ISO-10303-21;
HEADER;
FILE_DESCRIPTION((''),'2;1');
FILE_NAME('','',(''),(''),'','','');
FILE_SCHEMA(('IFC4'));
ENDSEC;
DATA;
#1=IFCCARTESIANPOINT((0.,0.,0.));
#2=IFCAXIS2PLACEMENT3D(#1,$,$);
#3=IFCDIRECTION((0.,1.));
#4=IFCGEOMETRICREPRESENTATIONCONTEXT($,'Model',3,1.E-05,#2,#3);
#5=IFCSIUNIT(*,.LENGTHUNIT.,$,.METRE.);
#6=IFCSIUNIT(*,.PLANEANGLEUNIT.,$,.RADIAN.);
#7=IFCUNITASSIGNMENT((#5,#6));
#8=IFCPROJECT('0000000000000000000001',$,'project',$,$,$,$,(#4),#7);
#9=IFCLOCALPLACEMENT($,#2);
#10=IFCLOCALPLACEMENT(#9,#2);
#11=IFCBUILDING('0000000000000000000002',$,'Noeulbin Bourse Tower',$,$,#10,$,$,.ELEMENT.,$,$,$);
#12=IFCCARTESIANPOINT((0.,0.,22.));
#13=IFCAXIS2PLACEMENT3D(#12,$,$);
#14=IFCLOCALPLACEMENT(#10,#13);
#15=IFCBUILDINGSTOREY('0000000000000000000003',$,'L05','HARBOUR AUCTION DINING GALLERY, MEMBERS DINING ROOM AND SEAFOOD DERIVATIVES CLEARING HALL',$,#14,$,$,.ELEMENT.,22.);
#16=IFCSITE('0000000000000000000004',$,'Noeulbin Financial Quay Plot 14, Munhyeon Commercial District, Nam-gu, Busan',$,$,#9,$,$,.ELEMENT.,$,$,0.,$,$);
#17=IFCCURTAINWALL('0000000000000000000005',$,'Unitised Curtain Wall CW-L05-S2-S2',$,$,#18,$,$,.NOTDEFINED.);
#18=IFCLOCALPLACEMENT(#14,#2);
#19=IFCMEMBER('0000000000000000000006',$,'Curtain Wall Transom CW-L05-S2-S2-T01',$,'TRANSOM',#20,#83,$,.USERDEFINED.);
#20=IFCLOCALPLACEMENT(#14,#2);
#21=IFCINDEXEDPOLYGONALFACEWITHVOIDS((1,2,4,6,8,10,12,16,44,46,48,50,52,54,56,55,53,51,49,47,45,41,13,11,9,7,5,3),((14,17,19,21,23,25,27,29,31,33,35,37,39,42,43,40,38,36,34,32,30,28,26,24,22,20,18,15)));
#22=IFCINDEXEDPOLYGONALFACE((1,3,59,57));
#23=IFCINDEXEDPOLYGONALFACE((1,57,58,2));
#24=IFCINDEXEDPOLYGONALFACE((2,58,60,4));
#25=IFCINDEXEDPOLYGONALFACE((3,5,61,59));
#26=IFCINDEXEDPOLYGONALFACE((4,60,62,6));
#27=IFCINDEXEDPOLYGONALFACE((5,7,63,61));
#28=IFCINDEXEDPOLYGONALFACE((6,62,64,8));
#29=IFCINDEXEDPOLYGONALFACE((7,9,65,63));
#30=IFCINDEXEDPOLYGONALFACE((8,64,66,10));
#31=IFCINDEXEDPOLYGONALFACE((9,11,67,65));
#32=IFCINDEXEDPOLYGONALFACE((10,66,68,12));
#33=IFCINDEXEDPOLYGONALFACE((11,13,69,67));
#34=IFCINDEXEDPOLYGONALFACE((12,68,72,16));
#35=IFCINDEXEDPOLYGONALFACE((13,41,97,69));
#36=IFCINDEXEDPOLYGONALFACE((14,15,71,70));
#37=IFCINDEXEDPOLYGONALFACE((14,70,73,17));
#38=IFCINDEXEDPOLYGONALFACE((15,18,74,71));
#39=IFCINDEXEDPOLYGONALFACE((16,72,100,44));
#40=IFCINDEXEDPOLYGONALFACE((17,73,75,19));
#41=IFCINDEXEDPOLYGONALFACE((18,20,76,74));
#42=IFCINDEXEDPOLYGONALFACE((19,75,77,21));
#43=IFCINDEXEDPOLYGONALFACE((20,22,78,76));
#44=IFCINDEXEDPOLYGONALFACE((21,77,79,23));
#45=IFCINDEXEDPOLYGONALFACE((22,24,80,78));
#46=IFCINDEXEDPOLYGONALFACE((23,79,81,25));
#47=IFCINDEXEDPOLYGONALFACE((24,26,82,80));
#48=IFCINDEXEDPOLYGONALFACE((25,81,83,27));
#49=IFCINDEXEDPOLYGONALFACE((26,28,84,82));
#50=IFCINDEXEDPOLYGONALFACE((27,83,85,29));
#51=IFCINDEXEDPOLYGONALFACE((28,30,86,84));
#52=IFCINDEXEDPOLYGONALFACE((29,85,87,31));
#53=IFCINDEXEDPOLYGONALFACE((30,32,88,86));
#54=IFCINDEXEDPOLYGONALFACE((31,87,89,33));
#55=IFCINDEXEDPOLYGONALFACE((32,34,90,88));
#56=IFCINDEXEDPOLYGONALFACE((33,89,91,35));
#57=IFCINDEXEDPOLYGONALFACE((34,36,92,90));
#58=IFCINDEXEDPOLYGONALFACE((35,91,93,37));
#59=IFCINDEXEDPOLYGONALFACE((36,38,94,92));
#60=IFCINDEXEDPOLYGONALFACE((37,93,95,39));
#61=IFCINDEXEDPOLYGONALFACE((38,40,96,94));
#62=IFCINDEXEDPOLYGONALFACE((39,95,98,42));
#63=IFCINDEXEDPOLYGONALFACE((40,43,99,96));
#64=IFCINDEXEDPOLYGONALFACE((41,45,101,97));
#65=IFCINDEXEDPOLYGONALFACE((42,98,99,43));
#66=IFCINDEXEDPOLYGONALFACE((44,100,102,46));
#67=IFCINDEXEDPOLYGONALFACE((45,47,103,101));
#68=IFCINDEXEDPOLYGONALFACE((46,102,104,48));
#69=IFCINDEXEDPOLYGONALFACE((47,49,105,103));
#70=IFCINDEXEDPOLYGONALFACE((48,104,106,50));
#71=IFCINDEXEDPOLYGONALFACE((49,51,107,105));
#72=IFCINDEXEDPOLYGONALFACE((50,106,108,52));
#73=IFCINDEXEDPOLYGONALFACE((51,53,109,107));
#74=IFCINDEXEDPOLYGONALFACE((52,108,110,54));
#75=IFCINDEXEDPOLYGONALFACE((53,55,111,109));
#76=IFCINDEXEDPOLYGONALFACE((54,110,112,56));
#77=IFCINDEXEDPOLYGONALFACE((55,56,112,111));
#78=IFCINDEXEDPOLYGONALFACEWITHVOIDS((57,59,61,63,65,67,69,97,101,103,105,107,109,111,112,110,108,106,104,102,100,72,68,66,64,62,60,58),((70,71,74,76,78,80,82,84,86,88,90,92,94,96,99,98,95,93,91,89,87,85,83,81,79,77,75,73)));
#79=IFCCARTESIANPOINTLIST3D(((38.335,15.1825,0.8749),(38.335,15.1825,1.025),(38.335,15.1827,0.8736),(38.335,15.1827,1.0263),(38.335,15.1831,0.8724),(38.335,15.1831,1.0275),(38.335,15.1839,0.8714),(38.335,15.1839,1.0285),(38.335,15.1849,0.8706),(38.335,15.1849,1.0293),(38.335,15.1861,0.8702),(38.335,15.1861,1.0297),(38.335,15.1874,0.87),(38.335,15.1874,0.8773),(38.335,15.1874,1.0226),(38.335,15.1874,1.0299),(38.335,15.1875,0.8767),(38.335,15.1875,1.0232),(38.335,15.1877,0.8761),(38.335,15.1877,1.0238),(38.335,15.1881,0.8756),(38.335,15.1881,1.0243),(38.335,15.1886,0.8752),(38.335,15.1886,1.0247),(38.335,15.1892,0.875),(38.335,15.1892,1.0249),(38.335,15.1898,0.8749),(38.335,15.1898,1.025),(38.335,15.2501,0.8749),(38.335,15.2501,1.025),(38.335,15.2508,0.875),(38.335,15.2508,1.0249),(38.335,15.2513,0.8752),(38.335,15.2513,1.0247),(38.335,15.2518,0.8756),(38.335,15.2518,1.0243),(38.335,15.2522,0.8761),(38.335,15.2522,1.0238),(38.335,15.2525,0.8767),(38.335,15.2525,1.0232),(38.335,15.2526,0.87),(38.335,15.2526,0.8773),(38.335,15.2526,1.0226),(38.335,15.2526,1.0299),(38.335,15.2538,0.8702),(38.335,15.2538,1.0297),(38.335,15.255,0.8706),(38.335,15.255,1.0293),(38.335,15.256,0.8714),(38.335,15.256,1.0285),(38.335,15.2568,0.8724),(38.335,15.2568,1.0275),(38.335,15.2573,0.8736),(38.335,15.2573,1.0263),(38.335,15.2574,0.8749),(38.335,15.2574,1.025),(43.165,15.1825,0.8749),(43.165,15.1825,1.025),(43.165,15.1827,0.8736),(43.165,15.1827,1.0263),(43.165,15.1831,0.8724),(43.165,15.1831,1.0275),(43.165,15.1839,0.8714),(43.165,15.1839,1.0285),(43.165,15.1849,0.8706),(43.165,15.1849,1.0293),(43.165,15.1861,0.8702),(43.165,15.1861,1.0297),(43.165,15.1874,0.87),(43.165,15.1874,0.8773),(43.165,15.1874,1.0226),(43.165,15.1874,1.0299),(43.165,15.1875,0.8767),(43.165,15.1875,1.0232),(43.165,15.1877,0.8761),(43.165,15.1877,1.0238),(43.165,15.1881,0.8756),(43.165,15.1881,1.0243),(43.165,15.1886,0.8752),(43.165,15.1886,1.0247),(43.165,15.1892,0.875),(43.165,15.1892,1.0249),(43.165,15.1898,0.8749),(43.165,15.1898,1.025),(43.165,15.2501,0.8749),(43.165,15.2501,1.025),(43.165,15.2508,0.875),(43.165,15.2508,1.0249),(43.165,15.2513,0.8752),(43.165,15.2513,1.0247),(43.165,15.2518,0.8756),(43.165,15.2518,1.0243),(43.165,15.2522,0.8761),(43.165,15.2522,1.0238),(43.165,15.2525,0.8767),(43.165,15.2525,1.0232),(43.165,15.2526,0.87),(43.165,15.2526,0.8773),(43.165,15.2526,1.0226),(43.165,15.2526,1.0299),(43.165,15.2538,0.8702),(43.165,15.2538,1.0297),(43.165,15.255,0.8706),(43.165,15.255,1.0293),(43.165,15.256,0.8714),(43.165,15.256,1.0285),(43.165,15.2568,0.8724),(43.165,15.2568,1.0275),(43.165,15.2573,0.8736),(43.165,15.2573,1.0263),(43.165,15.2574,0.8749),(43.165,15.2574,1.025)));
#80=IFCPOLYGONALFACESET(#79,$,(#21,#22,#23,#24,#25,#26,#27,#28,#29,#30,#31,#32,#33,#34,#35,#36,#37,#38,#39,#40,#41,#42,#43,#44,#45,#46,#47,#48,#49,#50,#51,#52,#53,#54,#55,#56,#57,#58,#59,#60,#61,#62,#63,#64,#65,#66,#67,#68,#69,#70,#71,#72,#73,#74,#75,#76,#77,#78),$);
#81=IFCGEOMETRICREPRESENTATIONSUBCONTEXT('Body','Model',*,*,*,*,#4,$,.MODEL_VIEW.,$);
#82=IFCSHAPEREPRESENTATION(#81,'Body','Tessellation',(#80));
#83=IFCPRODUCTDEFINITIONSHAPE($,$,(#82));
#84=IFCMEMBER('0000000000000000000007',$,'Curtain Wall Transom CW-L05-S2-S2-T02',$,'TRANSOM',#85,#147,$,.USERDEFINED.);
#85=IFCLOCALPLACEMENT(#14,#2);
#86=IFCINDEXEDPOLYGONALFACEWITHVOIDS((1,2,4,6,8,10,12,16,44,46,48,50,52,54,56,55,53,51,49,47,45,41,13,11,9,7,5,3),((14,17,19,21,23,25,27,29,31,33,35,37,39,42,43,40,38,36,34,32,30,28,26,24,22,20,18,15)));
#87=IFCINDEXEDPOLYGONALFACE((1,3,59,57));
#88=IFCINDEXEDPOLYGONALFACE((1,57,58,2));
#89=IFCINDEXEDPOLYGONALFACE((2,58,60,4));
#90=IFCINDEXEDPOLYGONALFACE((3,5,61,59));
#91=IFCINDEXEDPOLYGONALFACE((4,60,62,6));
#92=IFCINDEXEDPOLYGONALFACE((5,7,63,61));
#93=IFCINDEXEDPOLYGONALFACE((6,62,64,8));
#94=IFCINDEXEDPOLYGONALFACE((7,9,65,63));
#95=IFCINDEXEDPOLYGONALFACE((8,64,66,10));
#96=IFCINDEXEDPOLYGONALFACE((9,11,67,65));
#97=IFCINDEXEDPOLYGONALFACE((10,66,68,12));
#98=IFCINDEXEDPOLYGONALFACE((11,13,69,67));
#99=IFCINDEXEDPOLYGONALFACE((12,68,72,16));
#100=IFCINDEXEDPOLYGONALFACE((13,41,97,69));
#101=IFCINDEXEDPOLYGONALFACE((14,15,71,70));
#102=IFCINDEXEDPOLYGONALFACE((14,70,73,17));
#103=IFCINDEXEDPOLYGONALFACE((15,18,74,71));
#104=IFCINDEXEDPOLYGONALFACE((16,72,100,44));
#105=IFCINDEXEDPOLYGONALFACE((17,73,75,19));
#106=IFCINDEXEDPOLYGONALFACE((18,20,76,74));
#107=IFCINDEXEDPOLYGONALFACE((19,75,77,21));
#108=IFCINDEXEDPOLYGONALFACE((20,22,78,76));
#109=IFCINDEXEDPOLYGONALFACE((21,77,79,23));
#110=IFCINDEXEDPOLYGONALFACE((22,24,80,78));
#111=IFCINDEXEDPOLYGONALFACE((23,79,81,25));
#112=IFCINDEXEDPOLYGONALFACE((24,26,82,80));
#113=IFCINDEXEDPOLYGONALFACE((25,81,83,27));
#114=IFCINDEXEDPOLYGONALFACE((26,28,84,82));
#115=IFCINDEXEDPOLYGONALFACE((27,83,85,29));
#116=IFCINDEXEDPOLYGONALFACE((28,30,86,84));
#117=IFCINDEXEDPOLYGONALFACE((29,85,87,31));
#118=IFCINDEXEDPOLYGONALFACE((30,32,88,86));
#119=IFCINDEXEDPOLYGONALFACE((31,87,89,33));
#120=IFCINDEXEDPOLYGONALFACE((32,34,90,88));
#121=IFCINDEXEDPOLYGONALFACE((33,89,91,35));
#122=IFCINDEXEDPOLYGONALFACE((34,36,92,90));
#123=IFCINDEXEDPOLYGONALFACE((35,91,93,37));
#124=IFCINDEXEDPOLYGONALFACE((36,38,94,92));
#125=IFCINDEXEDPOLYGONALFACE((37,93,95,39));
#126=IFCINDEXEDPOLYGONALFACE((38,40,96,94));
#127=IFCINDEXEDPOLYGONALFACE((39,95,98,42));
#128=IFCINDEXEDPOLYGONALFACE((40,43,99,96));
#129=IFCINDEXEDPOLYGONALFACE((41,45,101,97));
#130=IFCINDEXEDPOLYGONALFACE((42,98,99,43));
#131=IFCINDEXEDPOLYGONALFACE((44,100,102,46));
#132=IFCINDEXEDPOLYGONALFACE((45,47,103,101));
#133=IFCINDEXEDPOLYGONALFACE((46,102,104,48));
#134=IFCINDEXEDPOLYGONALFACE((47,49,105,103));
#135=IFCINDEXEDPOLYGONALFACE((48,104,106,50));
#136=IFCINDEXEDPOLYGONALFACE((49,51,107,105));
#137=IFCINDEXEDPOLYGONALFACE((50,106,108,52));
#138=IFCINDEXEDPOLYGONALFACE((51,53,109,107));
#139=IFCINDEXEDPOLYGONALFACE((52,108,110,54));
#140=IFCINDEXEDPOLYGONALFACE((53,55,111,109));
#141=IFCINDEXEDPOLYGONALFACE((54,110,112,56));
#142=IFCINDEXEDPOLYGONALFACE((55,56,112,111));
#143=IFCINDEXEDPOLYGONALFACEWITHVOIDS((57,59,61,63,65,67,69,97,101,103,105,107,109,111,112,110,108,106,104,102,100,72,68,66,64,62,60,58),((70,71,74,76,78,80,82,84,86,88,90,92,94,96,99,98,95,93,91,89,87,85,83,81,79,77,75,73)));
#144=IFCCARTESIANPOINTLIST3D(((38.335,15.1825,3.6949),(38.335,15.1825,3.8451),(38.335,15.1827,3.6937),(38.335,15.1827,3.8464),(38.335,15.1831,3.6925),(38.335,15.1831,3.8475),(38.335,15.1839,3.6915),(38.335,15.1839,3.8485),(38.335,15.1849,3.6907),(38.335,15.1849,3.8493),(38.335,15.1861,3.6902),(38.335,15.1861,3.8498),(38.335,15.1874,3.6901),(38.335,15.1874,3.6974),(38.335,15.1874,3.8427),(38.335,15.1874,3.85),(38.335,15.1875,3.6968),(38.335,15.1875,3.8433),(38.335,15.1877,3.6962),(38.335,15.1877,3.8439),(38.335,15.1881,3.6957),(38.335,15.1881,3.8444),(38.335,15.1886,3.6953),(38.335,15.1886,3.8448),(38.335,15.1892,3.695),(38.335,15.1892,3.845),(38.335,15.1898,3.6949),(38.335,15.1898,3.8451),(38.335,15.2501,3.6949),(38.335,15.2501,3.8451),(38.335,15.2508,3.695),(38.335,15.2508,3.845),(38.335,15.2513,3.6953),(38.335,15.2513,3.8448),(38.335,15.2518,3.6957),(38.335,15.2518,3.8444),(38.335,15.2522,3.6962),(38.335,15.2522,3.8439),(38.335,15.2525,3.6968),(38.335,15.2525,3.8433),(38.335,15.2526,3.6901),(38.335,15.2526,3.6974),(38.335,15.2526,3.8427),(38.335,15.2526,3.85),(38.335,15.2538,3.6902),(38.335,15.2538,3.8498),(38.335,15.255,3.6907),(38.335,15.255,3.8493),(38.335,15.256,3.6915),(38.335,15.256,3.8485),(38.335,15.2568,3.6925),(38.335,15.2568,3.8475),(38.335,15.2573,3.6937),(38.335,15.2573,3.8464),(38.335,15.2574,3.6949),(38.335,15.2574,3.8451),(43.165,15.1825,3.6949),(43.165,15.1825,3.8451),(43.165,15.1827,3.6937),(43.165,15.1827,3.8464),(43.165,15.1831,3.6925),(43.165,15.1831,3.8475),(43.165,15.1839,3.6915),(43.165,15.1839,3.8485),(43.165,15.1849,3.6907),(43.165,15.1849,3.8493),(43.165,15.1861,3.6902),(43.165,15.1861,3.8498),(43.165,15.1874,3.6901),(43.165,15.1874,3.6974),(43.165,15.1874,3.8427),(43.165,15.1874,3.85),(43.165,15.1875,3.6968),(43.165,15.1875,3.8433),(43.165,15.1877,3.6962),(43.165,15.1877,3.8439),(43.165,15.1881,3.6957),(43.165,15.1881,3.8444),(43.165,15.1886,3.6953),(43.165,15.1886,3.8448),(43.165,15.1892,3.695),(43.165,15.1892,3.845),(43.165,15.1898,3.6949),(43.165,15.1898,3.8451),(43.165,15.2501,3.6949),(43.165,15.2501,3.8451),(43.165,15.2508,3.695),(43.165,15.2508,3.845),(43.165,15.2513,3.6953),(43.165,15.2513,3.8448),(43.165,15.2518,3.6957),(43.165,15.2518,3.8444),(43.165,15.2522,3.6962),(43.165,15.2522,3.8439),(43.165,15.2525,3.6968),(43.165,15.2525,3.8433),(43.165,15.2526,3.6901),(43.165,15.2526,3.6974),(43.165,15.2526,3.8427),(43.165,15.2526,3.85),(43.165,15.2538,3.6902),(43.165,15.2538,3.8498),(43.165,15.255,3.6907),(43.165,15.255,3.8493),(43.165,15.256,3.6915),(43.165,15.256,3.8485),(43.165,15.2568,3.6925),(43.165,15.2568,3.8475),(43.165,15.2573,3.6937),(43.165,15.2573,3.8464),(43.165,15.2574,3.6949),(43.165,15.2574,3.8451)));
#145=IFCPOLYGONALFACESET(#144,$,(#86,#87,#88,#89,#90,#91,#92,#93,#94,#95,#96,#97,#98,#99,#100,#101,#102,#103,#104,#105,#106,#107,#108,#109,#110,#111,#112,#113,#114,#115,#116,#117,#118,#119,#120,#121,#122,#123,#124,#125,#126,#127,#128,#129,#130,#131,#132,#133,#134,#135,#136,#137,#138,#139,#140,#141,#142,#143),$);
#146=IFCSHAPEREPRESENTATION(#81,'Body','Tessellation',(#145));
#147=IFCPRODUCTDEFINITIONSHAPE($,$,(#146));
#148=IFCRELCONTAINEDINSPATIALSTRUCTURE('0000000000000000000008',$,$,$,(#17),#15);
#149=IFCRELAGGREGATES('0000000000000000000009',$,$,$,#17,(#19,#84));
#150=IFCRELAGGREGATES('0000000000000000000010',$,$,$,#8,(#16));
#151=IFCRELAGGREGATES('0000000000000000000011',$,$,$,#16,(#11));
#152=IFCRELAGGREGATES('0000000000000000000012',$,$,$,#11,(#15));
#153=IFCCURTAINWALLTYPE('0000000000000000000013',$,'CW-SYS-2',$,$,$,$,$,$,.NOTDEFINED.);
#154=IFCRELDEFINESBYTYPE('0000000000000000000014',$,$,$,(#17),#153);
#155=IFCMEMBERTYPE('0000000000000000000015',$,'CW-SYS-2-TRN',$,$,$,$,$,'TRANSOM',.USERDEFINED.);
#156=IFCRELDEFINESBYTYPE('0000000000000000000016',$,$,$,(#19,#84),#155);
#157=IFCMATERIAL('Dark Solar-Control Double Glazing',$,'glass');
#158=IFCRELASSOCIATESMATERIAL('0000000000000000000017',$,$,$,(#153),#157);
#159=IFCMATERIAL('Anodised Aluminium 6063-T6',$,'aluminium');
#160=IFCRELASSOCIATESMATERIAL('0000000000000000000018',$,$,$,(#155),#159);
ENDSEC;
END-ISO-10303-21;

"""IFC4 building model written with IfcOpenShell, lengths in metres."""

from ifc_helpers import new_model, si_unit, direction, frame, origin, origin_2d, place, context, subcontext, project, spatial, hollow_rectangle, extrude, material, material_profile, profile_set, type_object, element, aggregate, save


model = new_model("IFC4")

# Units and contexts
model_context = context("Model", 3, precision=1e-05, world=origin(), true_north=direction((0.0, 1.0)))
body_context = subcontext(model_context, "Body", "Model", "MODEL_VIEW")
ifc_project = project(units=[si_unit("LENGTHUNIT", "METRE"), si_unit("PLANEANGLEUNIT", "RADIAN")], contexts=[model_context])

# Site, building, storey
site_placement = place(None, origin())
site = spatial("IfcSite", under=ifc_project, at=site_placement, Name="Noeulbin Financial Quay Plot 14, Munhyeon Commercial District, Nam-gu, Busan", CompositionType="ELEMENT", RefElevation=0.0)
building_placement = place(site_placement, origin())
building = spatial("IfcBuilding", under=site, at=building_placement, Name="Noeulbin Bourse Tower", CompositionType="ELEMENT")
storey_placement = place(building_placement, frame((0.0, 0.0, 22.0)))
storey = spatial("IfcBuildingStorey", under=building, at=storey_placement, Name="L05", Description="HARBOUR AUCTION DINING GALLERY, MEMBERS DINING ROOM AND SEAFOOD DERIVATIVES CLEARING HALL", CompositionType="ELEMENT", Elevation=22.0)

# Shared definitions
ifc_material_1 = material(Name="Dark Solar-Control Double Glazing", Category="glass")
curtain_wall_type = type_object("IfcCurtainWallType", Name="CW-SYS-2", PredefinedType="NOTDEFINED", material=ifc_material_1)
ifc_material_2 = material(Name="Anodised Aluminium 6063-T6", Category="aluminium")

# Curtain wall
curtain_wall_1_placement = place(storey_placement, origin())
curtain_wall_1 = element("IfcCurtainWall", 1, at=curtain_wall_1_placement, inside=storey, type_object=curtain_wall_type, Name="Unitised Curtain Wall CW-L05-S2-S2", PredefinedType="NOTDEFINED")

# Members
ifc_material_profile_1 = material_profile(ifc_material_2, hollow_rectangle(XDim=0.075, YDim=0.1599, WallThickness=0.0049, InnerFilletRadius=0.0024, OuterFilletRadius=0.0049, at=origin_2d()), Name="ALU-TRAN-75x160x5", Category="LoadBearing")
ifc_profile_set_1 = profile_set([ifc_material_profile_1], Name="Anodised Aluminium 6063-T6")
member_type_1 = type_object("IfcMemberType", Name="CW-SYS-2-TRN", ElementType="TRANSOM", PredefinedType="USERDEFINED", material=ifc_profile_set_1)
member_1_placement = place(storey_placement, frame((38.335, 15.22, 0.95), z_axis=(1.0, 0.0, 0.0), x_axis=(0.0, 1.0, 0.0)))
member_1 = element("IfcMember", 2, at=member_1_placement, type_object=member_type_1, Name="Curtain Wall Transom CW-L05-S2-S2-T01", ObjectType="TRANSOM", PredefinedType="USERDEFINED", context=body_context, shape_type="SweptSolid", body=[
    extrude(hollow_rectangle(XDim=0.075, YDim=0.1599, WallThickness=0.0049, InnerFilletRadius=0.0024, OuterFilletRadius=0.0049, at=origin_2d()), origin(), (0.0, 0.0, 1.0), 4.8301),
])
member_2_placement = place(storey_placement, frame((38.335, 15.22, 3.77), z_axis=(1.0, 0.0, 0.0), x_axis=(0.0, 1.0, 0.0)))
member_2 = element("IfcMember", 3, at=member_2_placement, type_object=member_type_1, Name="Curtain Wall Transom CW-L05-S2-S2-T02", ObjectType="TRANSOM", PredefinedType="USERDEFINED", context=body_context, shape_type="SweptSolid", body=[
    extrude(hollow_rectangle(XDim=0.075, YDim=0.1599, WallThickness=0.0049, InnerFilletRadius=0.0024, OuterFilletRadius=0.0049, at=origin_2d()), origin(), (0.0, 0.0, 1.0), 4.8301),
])

aggregate(curtain_wall_1, [member_1, member_2])

save(model, "model.ifc")
